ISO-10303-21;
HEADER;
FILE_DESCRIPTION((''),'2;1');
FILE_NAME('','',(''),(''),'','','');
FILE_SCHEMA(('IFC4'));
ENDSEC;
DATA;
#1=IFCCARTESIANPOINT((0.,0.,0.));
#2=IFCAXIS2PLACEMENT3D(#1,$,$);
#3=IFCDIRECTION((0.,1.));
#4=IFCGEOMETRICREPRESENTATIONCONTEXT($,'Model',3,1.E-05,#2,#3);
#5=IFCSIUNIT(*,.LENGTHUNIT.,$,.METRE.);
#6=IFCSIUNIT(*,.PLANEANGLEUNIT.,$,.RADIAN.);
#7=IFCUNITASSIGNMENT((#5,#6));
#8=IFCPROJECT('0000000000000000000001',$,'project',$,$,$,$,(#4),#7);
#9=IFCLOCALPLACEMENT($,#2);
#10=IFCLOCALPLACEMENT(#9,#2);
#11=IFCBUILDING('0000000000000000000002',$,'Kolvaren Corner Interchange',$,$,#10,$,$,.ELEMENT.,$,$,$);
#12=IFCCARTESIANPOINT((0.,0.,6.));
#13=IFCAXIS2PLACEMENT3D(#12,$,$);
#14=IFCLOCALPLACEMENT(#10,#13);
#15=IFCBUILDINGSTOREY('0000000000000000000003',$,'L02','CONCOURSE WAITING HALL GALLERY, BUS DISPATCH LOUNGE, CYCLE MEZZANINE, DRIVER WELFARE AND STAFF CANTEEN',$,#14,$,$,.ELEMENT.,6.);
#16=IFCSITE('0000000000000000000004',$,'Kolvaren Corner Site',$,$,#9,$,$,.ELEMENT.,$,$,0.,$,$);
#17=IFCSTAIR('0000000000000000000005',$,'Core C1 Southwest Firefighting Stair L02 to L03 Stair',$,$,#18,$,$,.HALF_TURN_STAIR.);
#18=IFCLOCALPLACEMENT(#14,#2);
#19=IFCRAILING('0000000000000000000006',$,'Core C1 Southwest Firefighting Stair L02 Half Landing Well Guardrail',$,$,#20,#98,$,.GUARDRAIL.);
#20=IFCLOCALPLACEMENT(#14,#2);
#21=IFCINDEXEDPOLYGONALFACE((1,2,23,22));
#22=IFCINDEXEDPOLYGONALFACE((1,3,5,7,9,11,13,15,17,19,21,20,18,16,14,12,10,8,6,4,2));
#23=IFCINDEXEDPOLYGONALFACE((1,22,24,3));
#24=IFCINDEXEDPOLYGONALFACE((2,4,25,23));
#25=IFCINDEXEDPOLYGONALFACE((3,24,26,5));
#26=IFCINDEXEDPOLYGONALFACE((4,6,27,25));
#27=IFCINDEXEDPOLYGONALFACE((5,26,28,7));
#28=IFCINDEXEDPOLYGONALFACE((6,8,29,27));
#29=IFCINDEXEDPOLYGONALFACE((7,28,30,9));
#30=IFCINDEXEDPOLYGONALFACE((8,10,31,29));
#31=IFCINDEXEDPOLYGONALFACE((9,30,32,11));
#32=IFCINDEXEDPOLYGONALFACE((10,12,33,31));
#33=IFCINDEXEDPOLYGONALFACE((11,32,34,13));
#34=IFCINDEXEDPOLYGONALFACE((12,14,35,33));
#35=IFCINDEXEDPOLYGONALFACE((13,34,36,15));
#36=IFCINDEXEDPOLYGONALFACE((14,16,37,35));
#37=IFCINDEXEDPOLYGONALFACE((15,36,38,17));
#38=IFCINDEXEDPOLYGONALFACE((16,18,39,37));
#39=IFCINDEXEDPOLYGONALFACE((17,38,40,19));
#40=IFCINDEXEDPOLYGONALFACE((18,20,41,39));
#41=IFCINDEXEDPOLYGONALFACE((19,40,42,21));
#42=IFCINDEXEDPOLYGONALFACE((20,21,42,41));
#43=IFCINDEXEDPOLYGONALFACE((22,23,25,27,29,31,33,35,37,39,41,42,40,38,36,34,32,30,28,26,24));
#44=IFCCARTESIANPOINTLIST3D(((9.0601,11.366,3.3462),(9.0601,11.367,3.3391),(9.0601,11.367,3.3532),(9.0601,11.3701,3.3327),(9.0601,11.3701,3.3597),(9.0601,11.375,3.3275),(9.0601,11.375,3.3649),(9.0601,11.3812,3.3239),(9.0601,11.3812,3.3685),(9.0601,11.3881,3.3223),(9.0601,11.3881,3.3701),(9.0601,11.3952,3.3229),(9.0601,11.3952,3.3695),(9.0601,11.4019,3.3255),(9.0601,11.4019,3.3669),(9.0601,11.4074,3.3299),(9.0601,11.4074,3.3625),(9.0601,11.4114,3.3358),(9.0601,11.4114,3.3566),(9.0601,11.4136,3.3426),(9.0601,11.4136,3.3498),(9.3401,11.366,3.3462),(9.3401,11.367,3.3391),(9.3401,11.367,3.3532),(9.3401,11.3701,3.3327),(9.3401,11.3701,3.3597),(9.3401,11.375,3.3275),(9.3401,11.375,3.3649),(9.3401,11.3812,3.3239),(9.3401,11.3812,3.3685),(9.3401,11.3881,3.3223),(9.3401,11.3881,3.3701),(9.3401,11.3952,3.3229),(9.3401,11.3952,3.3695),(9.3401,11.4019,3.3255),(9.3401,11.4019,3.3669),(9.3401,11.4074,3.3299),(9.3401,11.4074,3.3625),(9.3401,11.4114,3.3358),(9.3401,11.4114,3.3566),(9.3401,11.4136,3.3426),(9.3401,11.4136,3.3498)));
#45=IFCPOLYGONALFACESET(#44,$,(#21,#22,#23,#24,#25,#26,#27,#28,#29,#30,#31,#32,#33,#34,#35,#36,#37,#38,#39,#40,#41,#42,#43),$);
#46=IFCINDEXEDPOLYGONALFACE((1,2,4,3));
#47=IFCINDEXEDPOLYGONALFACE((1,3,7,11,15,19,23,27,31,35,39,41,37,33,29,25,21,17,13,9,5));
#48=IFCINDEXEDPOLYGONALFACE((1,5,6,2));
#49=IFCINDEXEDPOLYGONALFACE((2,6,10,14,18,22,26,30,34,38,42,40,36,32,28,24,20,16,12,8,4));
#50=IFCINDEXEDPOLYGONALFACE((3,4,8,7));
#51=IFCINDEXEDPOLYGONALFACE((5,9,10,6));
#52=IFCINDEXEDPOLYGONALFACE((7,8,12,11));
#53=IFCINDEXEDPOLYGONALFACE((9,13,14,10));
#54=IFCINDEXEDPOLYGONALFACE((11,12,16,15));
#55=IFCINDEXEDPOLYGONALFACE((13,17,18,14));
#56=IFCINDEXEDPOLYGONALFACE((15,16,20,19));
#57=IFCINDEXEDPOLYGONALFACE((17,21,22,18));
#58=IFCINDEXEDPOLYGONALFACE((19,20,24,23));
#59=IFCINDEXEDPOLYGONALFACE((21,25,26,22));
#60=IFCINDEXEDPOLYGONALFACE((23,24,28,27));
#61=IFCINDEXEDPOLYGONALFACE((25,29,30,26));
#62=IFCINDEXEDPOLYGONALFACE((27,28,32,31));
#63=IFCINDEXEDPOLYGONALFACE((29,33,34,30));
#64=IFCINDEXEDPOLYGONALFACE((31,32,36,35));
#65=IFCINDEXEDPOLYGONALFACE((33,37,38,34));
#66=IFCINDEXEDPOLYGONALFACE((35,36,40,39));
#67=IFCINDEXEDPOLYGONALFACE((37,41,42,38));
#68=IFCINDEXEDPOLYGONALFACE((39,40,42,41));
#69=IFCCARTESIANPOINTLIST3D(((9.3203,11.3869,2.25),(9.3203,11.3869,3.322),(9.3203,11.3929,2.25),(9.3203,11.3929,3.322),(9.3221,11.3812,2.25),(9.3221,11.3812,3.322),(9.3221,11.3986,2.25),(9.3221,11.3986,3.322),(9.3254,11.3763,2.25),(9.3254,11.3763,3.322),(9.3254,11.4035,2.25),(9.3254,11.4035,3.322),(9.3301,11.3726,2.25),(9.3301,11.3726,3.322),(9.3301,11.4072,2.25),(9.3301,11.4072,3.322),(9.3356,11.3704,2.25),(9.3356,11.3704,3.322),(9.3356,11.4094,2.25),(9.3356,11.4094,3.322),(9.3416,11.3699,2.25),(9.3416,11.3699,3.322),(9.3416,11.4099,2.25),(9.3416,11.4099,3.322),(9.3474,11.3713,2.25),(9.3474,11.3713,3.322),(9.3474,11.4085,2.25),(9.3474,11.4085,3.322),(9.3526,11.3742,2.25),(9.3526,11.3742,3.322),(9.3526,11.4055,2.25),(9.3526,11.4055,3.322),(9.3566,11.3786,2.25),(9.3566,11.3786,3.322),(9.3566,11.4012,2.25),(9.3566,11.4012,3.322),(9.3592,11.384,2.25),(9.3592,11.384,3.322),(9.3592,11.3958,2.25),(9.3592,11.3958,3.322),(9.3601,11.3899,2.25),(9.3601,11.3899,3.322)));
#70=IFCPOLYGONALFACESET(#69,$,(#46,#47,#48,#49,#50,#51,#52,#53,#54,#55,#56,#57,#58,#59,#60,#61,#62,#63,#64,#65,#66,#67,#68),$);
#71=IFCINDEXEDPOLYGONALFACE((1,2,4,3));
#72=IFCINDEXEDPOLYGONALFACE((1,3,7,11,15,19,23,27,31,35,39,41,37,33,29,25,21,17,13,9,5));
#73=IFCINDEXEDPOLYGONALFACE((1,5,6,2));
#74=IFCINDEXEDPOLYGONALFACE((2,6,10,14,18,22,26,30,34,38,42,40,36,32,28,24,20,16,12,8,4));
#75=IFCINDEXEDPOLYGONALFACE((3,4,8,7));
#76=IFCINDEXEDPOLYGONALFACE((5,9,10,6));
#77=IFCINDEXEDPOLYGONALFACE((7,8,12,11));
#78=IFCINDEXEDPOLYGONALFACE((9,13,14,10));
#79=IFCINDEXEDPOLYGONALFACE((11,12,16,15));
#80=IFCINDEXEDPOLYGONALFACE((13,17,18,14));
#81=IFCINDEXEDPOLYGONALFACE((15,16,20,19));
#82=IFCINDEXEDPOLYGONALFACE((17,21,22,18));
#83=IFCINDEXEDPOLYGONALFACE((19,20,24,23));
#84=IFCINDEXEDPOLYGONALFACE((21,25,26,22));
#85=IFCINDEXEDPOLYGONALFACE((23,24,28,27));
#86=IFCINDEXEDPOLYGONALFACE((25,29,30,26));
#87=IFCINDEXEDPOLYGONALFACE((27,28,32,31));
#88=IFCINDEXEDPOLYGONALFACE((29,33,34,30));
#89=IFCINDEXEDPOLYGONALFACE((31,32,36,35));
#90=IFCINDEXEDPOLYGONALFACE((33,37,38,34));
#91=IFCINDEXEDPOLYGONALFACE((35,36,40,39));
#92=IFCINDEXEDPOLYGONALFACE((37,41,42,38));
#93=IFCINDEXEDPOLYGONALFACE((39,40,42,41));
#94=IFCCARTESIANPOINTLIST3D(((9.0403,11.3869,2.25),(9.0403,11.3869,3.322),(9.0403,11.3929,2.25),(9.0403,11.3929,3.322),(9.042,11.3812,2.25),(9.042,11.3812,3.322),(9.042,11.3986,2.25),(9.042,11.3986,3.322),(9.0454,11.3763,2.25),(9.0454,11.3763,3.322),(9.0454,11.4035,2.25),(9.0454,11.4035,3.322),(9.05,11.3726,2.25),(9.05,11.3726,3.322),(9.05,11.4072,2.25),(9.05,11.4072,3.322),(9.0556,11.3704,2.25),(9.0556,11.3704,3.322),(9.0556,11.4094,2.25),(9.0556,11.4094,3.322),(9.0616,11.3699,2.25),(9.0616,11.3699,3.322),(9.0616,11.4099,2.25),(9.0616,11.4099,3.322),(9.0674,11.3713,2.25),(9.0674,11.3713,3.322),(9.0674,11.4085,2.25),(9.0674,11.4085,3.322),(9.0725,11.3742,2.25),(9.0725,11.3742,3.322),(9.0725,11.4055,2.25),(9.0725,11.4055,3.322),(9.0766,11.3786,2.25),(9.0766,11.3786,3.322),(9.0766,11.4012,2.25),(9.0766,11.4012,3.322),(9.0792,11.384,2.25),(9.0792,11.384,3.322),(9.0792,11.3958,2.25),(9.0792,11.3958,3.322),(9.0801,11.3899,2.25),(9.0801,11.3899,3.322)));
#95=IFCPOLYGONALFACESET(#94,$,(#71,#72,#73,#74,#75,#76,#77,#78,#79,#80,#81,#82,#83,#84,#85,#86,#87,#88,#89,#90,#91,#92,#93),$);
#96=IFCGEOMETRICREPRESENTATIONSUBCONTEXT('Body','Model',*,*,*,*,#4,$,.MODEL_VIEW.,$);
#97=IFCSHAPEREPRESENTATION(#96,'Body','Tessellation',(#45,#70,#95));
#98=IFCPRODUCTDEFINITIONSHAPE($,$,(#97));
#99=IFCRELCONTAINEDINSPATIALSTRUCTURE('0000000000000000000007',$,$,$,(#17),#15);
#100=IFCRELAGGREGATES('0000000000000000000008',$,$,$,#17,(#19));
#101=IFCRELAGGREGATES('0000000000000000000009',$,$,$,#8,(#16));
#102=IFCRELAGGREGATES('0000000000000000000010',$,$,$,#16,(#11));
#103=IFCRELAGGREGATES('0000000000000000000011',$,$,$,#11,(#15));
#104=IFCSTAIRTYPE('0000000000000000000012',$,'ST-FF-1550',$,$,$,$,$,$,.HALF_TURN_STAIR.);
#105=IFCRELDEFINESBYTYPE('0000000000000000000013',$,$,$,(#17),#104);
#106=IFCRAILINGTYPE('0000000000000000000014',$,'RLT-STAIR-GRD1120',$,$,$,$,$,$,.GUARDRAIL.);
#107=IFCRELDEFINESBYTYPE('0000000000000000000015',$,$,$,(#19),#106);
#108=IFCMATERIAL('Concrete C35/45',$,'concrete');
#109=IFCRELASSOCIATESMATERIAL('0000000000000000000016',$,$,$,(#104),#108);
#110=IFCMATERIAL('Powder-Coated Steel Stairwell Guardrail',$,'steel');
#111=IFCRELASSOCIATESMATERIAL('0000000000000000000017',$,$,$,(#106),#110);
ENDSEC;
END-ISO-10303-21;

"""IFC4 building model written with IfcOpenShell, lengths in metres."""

from ifc_helpers import new_model, si_unit, direction, frame, origin, origin_2d, place, context, subcontext, project, spatial, circle, extrude, material, type_object, element, aggregate, save


model = new_model("IFC4")

# Units and contexts
model_context = context("Model", 3, precision=1e-05, world=origin(), true_north=direction((0.0, 1.0)))
body_context = subcontext(model_context, "Body", "Model", "MODEL_VIEW")
ifc_project = project(units=[si_unit("LENGTHUNIT", "METRE"), si_unit("PLANEANGLEUNIT", "RADIAN")], contexts=[model_context])

# Site, building, storey
site_placement = place(None, origin())
site = spatial("IfcSite", under=ifc_project, at=site_placement, Name="Kolvaren Corner Site", CompositionType="ELEMENT", RefElevation=0.0)
building_placement = place(site_placement, origin())
building = spatial("IfcBuilding", under=site, at=building_placement, Name="Kolvaren Corner Interchange", CompositionType="ELEMENT")
storey_placement = place(building_placement, frame((0.0, 0.0, 6.0)))
storey = spatial("IfcBuildingStorey", under=building, at=storey_placement, Name="L02", Description="CONCOURSE WAITING HALL GALLERY, BUS DISPATCH LOUNGE, CYCLE MEZZANINE, DRIVER WELFARE AND STAFF CANTEEN", CompositionType="ELEMENT", Elevation=6.0)

# Stair
ifc_material_1 = material(Name="Concrete C35/45", Category="concrete")
stair_type = type_object("IfcStairType", Name="ST-FF-1550", PredefinedType="HALF_TURN_STAIR", material=ifc_material_1)
stair_placement = place(storey_placement, origin())
stair = element("IfcStair", 1, at=stair_placement, inside=storey, type_object=stair_type, Name="Core C1 Southwest Firefighting Stair L02 to L03 Stair", PredefinedType="HALF_TURN_STAIR")

# Railing
ifc_material_2 = material(Name="Powder-Coated Steel Stairwell Guardrail", Category="steel")
railing_type_1 = type_object("IfcRailingType", Name="RLT-STAIR-GRD1120", PredefinedType="GUARDRAIL", material=ifc_material_2)
railing_1_placement = place(storey_placement, frame((9.3401, 11.3899, 2.25)))
railing_1 = element("IfcRailing", 2, at=railing_1_placement, type_object=railing_type_1, Name="Core C1 Southwest Firefighting Stair L02 Half Landing Well Guardrail", PredefinedType="GUARDRAIL", context=body_context, shape_type="SweptSolid", body=[
    extrude(circle(Radius=0.0239, at=origin_2d()), frame((0.0, 0.0, 1.0962), z_axis=(-1.0, 0.0, 0.0), x_axis=(0.0, -1.0, 0.0)), (0.0, 0.0, 1.0), 0.28),
    extrude(circle(Radius=0.02, at=origin_2d()), origin(), (0.0, 0.0, 1.0), 1.072),
    extrude(circle(Radius=0.02, at=origin_2d()), frame((-0.28, 0.0, 0.0)), (0.0, 0.0, 1.0), 1.072),
])
aggregate(stair, [railing_1])

save(model, "model.ifc")
